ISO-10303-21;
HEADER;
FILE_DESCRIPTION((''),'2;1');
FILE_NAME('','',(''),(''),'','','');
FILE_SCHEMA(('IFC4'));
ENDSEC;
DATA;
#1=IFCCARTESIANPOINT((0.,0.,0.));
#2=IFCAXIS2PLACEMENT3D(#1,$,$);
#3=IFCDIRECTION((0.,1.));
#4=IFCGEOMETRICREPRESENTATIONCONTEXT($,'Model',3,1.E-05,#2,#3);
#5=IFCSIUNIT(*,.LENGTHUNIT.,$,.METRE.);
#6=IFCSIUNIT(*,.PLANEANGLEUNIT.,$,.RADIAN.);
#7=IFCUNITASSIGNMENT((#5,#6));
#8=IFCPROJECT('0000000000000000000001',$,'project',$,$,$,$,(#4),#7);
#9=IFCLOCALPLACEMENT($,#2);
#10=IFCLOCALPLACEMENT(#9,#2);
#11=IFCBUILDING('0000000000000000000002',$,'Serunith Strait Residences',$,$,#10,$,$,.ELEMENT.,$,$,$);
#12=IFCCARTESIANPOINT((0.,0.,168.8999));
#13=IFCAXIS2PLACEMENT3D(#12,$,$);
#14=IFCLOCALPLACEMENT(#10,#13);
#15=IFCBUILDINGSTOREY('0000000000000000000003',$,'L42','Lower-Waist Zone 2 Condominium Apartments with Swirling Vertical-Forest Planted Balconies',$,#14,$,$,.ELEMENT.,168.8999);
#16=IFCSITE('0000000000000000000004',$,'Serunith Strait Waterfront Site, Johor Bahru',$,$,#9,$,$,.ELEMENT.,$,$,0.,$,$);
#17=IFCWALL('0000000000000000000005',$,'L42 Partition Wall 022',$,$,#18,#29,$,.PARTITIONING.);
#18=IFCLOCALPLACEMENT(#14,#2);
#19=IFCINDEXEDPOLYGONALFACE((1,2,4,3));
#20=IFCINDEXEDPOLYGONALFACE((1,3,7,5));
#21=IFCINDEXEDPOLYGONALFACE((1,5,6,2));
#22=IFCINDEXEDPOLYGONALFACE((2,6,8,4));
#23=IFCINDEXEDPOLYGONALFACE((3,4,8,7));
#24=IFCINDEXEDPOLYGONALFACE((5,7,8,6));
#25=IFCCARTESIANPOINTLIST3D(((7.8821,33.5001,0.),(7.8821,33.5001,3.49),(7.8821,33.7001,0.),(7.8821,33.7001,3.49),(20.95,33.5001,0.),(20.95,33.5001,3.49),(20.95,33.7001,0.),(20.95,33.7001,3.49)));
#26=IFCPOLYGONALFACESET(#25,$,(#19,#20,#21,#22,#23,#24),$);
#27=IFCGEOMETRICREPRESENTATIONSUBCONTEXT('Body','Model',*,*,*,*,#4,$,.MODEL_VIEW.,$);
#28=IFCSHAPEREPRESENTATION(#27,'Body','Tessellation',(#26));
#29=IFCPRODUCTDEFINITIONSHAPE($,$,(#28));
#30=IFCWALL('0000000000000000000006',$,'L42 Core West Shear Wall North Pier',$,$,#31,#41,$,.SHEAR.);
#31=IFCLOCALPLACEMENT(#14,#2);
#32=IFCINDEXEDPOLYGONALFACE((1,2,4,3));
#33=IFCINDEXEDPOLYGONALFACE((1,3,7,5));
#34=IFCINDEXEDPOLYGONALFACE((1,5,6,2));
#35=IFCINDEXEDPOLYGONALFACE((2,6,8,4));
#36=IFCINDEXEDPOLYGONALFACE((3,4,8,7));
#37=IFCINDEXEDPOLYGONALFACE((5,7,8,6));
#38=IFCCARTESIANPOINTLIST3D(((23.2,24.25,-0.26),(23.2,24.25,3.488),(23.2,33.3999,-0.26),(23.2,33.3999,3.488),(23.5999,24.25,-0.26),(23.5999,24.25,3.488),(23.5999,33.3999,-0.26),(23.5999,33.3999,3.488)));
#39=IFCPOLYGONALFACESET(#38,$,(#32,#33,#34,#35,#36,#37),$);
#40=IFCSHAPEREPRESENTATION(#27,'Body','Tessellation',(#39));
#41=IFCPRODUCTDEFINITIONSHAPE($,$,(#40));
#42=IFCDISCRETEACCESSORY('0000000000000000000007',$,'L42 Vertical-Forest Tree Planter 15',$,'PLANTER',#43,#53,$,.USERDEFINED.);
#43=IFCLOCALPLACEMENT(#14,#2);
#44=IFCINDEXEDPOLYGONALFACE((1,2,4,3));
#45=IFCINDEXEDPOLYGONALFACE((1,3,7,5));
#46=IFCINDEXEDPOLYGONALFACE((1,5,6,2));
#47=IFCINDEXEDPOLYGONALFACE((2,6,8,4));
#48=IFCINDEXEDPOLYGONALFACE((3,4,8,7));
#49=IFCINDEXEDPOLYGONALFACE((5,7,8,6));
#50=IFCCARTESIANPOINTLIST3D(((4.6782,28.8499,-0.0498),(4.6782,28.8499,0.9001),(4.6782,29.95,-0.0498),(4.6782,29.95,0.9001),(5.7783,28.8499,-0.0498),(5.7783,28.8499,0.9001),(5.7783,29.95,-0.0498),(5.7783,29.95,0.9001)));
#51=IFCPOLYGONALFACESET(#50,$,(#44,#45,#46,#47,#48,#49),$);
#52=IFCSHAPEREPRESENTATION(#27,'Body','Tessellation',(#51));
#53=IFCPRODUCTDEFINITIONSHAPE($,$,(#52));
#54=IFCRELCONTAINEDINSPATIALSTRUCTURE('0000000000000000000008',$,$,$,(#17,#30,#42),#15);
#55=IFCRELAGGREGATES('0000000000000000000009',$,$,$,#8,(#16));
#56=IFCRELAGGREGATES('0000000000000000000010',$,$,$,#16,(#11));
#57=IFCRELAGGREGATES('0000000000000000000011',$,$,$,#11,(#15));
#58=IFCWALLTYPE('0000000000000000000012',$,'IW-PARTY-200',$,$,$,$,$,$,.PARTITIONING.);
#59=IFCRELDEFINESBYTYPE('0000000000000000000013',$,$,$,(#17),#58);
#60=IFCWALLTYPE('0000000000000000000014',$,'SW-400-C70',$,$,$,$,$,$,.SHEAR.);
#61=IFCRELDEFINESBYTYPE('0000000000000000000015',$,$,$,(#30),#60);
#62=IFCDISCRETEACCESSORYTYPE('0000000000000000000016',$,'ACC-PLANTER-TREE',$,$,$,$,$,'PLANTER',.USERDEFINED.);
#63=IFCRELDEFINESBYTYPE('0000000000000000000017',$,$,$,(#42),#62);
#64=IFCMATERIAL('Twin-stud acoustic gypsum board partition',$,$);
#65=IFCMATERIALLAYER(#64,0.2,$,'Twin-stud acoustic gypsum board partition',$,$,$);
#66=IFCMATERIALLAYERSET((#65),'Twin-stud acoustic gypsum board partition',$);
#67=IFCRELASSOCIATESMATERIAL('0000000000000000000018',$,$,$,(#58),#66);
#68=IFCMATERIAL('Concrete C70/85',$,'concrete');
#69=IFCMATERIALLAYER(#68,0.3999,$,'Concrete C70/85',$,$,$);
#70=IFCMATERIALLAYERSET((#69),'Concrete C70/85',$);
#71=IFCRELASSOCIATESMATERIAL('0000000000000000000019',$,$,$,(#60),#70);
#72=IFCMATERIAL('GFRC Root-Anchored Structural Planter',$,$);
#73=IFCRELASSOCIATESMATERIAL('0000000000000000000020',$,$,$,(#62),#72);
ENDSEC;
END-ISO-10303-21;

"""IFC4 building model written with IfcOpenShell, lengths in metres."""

from ifc_helpers import new_model, si_unit, direction, frame, frame_2d, origin, origin_2d, place, context, subcontext, project, spatial, rectangle, extrude, source, transform, mapped, material, layer, layer_set, type_object, element, save


model = new_model("IFC4")

# Units and contexts
model_context = context("Model", 3, precision=1e-05, world=origin(), true_north=direction((0.0, 1.0)))
body_context = subcontext(model_context, "Body", "Model", "MODEL_VIEW")
ifc_project = project(units=[si_unit("LENGTHUNIT", "METRE"), si_unit("PLANEANGLEUNIT", "RADIAN")], contexts=[model_context])

# Site, building, storey
site_placement = place(None, origin())
site = spatial("IfcSite", under=ifc_project, at=site_placement, Name="Serunith Strait Waterfront Site, Johor Bahru", CompositionType="ELEMENT", RefElevation=0.0)
building_placement = place(site_placement, origin())
building = spatial("IfcBuilding", under=site, at=building_placement, Name="Serunith Strait Residences", CompositionType="ELEMENT")
storey_placement = place(building_placement, frame((0.0, 0.0, 168.8999)))
storey = spatial("IfcBuildingStorey", under=building, at=storey_placement, Name="L42", Description="Lower-Waist Zone 2 Condominium Apartments with Swirling Vertical-Forest Planted Balconies", CompositionType="ELEMENT", Elevation=168.8999)

# Wall
ifc_material_1 = material(Name="Twin-stud acoustic gypsum board partition")
ifc_layer_1 = layer(ifc_material_1, 0.2, Name="Twin-stud acoustic gypsum board partition")
ifc_layer_set_1 = layer_set([ifc_layer_1], Name="Twin-stud acoustic gypsum board partition")
wall_type_1 = type_object("IfcWallType", Name="IW-PARTY-200", PredefinedType="PARTITIONING", material=ifc_layer_set_1)
wall_1_placement = place(storey_placement, frame((7.8821, 33.6001, 0.0), z_axis=(0.0, 0.0, 1.0), x_axis=(1.0, 0.0, 0.0)))
element("IfcWall", 1, at=wall_1_placement, inside=storey, type_object=wall_type_1, Name="L42 Partition Wall 022", PredefinedType="PARTITIONING", context=body_context, shape_type="SweptSolid", body=[
    extrude(rectangle(XDim=13.0679, YDim=0.2, at=frame_2d((6.5339, 0.0))), origin(), (0.0, 0.0, 1.0), 3.49),
])

# Wall
ifc_material_2 = material(Name="Concrete C70/85", Category="concrete")
ifc_layer_2 = layer(ifc_material_2, 0.3999, Name="Concrete C70/85")
ifc_layer_set_2 = layer_set([ifc_layer_2], Name="Concrete C70/85")
wall_type_2 = type_object("IfcWallType", Name="SW-400-C70", PredefinedType="SHEAR", material=ifc_layer_set_2)
wall_2_placement = place(storey_placement, frame((23.3999, 24.25, -0.26), z_axis=(0.0, 0.0, 1.0), x_axis=(0.0, 1.0, 0.0)))
element("IfcWall", 2, at=wall_2_placement, inside=storey, type_object=wall_type_2, Name="L42 Core West Shear Wall North Pier", PredefinedType="SHEAR", context=body_context, shape_type="SweptSolid", body=[
    extrude(rectangle(XDim=9.1499, YDim=0.3999, at=frame_2d((4.575, 0.0))), origin(), (0.0, 0.0, 1.0), 3.748),
])

# Discrete accessory
ifc_material_3 = material(Name="GFRC Root-Anchored Structural Planter")
discrete_accessory_type = type_object("IfcDiscreteAccessoryType", Name="ACC-PLANTER-TREE", ElementType="PLANTER", PredefinedType="USERDEFINED", material=ifc_material_3)
shared_shape_1 = source(origin(), body_context, "Body", "SweptSolid", [
    extrude(rectangle(XDim=1.1001, YDim=1.1001, at=origin_2d()), origin(), (0.0, 0.0, 1.0), 0.95),
])
discrete_accessory_placement = place(storey_placement, frame((5.2283, 29.3999, -0.0498), z_axis=(0.0, 0.0, 1.0), x_axis=(0.0, -1.0, 0.0)))
element("IfcDiscreteAccessory", 3, at=discrete_accessory_placement, inside=storey, type_object=discrete_accessory_type, Name="L42 Vertical-Forest Tree Planter 15", ObjectType="PLANTER", PredefinedType="USERDEFINED", context=body_context, shape_type="MappedRepresentation", body=[
    mapped(shared_shape_1, transform((0.0, 0.0, 0.0), scale=1.0)),
])

save(model, "model.ifc")
